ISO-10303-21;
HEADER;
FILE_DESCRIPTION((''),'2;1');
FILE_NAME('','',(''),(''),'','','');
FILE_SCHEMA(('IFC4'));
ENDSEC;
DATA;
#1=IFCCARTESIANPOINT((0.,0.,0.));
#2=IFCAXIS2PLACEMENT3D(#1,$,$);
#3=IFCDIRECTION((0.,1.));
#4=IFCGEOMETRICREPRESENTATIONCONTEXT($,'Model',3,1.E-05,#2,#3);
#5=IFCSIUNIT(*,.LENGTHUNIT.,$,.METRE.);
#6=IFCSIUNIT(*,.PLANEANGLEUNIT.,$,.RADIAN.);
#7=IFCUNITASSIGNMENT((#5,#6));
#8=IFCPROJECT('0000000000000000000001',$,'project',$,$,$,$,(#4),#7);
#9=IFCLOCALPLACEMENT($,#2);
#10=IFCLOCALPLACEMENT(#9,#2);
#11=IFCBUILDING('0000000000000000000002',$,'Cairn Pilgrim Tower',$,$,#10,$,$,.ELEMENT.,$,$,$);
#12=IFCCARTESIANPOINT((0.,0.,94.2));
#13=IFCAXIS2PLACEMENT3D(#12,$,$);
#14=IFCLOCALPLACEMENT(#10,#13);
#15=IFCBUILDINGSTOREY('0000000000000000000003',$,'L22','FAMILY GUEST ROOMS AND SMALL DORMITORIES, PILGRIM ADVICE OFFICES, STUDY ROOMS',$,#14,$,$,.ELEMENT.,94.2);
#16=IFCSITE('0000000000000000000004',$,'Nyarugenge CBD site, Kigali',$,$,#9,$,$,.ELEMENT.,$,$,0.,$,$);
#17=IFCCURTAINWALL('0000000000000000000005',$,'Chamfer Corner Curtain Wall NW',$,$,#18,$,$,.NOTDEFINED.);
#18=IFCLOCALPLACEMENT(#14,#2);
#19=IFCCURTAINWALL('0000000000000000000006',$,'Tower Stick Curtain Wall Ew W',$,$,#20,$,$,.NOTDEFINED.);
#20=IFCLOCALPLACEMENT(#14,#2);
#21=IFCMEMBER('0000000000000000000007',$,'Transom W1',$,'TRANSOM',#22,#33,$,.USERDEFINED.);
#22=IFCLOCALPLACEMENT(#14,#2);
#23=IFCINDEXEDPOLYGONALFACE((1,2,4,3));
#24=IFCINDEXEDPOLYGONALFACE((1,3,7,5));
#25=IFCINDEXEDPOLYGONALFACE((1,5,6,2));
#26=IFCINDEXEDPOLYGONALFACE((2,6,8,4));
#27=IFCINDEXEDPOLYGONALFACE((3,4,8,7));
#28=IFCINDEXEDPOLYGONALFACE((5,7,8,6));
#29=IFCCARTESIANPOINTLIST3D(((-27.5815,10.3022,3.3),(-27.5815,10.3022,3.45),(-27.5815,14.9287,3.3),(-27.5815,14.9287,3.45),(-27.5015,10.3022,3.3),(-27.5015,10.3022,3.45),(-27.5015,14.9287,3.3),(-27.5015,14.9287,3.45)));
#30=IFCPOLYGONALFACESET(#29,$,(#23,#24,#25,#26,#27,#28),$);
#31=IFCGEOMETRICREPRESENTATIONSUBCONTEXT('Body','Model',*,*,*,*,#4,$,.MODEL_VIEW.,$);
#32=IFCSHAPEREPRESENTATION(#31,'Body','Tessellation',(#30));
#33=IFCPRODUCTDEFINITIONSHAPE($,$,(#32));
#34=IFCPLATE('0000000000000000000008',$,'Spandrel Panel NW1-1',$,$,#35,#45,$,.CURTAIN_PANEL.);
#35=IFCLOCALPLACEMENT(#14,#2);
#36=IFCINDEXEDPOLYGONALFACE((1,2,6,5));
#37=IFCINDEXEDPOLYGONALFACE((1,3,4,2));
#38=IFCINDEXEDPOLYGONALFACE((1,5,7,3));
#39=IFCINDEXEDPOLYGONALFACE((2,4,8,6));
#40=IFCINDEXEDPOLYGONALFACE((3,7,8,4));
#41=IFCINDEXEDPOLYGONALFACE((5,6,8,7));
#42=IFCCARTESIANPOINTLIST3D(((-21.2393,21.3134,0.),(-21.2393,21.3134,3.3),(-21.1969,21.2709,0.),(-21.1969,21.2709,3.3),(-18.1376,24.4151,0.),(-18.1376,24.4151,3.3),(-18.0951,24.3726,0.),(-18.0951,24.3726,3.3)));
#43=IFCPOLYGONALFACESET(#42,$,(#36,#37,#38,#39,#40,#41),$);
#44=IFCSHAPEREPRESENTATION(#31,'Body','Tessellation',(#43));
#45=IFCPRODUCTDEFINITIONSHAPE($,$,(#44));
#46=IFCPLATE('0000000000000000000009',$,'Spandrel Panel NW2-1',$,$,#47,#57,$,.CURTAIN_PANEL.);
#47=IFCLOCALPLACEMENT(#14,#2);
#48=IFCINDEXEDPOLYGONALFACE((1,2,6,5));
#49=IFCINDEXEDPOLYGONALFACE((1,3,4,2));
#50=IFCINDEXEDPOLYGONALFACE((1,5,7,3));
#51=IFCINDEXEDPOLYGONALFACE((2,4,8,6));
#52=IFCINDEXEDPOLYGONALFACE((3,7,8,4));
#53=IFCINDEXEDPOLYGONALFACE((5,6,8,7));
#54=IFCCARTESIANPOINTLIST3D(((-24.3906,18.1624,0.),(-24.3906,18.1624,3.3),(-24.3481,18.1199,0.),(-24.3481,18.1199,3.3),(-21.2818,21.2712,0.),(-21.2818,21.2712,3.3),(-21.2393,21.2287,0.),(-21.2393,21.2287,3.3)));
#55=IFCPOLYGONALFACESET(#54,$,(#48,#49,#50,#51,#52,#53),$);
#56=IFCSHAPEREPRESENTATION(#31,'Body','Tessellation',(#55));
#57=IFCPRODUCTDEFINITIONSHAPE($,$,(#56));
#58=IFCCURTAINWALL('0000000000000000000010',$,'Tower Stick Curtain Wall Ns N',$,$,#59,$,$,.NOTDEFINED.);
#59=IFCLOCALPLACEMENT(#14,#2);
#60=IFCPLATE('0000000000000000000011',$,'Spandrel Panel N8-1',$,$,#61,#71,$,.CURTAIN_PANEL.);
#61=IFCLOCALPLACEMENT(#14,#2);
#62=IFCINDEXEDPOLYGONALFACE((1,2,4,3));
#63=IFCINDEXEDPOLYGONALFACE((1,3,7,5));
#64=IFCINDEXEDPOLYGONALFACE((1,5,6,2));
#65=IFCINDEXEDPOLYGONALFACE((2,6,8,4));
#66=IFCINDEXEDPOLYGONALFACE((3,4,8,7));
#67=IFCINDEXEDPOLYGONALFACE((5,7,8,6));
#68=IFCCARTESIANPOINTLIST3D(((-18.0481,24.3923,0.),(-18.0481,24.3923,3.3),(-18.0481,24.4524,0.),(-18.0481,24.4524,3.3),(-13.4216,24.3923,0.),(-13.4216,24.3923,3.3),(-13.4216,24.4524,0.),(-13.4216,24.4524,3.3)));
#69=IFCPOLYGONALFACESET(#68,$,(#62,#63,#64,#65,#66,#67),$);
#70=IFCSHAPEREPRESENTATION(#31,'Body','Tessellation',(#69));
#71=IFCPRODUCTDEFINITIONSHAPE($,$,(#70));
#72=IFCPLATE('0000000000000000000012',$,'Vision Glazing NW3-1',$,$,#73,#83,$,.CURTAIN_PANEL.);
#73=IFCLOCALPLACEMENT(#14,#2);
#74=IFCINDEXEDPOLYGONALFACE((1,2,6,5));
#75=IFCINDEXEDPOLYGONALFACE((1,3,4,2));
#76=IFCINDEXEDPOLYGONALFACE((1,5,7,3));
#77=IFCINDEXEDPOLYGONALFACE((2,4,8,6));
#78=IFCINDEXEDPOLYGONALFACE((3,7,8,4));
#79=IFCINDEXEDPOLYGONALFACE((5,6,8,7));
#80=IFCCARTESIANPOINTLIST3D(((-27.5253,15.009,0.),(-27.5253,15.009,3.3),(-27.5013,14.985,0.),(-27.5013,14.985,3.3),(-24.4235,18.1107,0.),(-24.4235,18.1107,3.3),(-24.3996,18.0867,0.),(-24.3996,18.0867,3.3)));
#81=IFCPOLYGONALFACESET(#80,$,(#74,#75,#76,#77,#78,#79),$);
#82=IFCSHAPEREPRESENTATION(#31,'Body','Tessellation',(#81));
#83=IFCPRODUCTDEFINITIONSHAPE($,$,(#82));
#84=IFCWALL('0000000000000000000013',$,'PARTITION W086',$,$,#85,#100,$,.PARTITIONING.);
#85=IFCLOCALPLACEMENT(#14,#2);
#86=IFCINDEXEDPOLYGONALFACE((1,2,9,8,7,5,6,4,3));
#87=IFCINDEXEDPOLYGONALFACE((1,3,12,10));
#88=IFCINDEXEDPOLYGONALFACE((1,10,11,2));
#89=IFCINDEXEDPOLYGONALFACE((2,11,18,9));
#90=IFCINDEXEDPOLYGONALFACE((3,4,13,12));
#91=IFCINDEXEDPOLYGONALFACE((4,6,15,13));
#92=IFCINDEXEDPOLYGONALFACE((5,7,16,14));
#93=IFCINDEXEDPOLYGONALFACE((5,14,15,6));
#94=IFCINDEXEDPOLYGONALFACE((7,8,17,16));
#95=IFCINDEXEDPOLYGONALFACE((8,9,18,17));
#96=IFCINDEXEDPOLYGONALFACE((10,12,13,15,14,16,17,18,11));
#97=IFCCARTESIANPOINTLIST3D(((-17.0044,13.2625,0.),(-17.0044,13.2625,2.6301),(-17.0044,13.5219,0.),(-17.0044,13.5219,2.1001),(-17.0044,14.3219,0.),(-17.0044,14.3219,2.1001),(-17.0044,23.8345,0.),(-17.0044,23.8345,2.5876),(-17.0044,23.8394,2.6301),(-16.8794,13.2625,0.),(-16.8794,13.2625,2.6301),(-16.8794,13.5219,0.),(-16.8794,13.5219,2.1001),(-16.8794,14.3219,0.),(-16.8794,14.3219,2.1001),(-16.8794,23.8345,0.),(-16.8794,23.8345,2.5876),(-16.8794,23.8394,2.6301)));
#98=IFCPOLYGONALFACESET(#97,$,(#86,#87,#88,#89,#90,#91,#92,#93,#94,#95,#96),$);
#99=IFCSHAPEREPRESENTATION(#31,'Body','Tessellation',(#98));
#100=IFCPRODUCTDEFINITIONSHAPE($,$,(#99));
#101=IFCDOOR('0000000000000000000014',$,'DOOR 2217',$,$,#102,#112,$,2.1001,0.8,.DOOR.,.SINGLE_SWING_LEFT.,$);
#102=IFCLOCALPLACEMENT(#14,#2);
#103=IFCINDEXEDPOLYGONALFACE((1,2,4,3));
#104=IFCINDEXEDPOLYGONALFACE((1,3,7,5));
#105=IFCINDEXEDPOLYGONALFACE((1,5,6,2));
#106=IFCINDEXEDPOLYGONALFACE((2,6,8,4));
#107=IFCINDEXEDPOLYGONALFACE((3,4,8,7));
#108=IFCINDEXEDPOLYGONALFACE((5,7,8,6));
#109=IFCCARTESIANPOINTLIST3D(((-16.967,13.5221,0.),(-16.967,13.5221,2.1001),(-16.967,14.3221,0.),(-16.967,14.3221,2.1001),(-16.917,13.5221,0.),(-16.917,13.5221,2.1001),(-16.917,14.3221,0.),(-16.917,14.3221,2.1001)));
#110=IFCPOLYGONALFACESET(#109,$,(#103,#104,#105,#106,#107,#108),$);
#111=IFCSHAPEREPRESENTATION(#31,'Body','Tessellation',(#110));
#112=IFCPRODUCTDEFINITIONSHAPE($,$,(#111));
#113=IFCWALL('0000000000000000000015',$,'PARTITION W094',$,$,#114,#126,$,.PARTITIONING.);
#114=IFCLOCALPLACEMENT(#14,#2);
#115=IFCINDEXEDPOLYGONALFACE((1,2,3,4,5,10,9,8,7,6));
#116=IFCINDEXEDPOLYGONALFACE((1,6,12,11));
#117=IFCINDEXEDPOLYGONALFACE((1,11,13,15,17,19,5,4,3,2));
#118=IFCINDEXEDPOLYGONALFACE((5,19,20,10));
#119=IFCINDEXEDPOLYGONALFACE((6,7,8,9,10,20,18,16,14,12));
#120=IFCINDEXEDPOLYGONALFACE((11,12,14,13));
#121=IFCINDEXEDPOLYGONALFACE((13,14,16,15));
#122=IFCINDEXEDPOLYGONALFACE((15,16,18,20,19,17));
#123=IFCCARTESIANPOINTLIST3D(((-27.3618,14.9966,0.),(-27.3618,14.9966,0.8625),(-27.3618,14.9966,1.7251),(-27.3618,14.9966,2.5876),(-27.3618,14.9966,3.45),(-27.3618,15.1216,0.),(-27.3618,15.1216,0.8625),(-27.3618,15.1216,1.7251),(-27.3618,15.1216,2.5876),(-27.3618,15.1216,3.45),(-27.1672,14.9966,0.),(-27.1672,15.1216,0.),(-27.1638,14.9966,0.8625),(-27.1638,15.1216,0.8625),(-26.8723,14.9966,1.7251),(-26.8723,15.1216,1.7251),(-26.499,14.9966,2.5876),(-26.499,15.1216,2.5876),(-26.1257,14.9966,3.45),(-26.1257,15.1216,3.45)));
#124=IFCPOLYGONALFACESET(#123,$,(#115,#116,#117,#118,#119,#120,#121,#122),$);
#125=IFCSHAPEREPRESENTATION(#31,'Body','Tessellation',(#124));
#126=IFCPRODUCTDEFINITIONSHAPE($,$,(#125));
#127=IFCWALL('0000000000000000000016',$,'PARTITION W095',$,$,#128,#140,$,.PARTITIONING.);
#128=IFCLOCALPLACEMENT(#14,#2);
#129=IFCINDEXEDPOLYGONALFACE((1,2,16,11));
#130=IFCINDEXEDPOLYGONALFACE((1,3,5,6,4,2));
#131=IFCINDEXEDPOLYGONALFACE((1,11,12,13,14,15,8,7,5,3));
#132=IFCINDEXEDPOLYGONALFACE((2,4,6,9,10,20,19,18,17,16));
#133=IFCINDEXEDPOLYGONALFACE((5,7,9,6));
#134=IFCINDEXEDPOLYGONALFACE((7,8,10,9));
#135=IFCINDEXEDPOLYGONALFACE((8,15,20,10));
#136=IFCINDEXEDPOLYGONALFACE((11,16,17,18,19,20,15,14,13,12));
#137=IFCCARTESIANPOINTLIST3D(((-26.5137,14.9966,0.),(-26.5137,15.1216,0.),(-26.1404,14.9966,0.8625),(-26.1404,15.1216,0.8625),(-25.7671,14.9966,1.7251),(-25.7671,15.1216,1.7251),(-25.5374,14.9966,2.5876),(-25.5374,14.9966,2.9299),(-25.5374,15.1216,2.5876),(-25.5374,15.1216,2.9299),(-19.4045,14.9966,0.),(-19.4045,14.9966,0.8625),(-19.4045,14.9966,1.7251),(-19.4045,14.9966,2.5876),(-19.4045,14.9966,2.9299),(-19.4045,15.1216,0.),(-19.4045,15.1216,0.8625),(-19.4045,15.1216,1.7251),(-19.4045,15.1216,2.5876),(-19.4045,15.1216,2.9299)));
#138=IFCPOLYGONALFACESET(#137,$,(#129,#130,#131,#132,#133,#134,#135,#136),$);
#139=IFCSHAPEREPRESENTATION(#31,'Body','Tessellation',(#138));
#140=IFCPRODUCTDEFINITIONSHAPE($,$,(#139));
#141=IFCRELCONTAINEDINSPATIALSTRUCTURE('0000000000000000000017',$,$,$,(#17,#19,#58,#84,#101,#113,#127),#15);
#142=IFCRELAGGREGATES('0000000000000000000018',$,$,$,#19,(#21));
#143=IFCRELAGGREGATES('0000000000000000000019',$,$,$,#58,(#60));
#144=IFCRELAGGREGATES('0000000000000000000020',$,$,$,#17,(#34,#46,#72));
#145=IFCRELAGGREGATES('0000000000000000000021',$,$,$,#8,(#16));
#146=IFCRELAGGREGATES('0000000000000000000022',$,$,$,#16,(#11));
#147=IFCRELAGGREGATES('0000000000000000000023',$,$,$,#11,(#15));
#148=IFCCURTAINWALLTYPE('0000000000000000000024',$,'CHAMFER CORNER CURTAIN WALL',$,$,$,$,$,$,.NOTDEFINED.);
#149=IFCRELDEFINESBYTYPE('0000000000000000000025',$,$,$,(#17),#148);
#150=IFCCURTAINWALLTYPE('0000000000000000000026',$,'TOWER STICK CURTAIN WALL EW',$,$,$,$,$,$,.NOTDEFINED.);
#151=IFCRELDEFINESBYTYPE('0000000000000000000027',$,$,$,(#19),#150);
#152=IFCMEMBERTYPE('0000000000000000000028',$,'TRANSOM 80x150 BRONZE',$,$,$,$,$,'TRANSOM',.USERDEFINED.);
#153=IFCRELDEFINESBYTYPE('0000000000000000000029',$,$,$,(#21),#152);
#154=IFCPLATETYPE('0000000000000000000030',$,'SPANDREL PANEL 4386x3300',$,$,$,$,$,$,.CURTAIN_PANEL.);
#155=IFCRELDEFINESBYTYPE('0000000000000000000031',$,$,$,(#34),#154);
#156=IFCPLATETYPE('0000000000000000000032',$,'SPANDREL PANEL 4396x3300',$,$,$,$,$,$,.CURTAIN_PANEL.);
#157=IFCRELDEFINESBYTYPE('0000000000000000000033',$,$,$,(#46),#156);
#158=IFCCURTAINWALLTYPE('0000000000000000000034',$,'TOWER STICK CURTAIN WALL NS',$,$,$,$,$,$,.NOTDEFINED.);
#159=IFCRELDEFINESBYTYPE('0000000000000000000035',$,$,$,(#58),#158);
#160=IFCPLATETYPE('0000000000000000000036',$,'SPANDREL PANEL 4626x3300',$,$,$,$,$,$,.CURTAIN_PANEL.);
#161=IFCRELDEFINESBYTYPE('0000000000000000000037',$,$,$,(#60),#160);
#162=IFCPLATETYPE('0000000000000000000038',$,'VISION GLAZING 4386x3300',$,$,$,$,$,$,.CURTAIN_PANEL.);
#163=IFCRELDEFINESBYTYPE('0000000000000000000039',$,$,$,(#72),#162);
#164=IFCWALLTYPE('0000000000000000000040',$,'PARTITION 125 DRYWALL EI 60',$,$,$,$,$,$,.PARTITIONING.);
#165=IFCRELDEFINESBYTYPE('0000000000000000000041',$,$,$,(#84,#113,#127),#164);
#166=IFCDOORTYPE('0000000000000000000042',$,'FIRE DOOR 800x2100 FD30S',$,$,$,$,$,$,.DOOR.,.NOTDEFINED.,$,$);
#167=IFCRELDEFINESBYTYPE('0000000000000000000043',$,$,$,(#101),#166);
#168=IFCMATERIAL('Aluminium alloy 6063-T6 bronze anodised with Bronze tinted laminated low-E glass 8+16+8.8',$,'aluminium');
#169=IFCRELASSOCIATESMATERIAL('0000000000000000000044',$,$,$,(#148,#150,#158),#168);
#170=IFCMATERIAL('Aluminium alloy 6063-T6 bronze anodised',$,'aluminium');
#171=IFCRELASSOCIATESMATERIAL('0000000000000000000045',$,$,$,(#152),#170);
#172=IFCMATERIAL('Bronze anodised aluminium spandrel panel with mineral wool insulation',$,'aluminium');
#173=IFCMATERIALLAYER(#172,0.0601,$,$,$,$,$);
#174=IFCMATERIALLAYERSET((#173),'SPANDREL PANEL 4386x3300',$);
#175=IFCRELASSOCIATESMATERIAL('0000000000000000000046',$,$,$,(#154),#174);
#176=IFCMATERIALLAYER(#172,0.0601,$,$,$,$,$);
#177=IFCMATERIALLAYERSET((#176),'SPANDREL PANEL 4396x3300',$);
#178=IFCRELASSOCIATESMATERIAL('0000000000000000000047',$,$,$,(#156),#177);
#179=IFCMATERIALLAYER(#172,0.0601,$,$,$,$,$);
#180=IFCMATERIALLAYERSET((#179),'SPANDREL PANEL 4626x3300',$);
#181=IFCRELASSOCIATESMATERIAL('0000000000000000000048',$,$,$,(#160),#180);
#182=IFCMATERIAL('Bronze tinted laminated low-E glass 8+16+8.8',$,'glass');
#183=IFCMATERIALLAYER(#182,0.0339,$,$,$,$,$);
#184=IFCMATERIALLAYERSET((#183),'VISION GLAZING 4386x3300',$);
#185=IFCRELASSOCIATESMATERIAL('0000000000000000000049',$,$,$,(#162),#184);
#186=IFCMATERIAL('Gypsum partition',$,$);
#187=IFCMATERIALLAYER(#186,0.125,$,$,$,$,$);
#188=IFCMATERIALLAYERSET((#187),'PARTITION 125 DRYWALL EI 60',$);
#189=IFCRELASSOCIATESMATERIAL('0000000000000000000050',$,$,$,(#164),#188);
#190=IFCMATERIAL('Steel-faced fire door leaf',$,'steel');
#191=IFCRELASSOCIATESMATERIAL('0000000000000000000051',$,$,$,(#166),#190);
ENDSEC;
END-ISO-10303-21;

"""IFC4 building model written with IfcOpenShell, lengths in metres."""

from ifc_helpers import new_model, si_unit, direction, frame, frame_2d, origin, origin_2d, place, context, subcontext, project, spatial, polyline, rectangle, outline, extrude, material, layer, layer_set, material_profile, profile_set, type_object, element, fill, aggregate, save


model = new_model("IFC4")

# Units and contexts
model_context = context("Model", 3, precision=1e-05, world=origin(), true_north=direction((0.0, 1.0)))
body_context = subcontext(model_context, "Body", "Model", "MODEL_VIEW")
ifc_project = project(units=[si_unit("LENGTHUNIT", "METRE"), si_unit("PLANEANGLEUNIT", "RADIAN")], contexts=[model_context])

# Site, building, storey
site_placement = place(None, origin())
site = spatial("IfcSite", under=ifc_project, at=site_placement, Name="Nyarugenge CBD site, Kigali", CompositionType="ELEMENT", RefElevation=0.0)
building_placement = place(site_placement, origin())
building = spatial("IfcBuilding", under=site, at=building_placement, Name="Cairn Pilgrim Tower", CompositionType="ELEMENT")
storey_placement = place(building_placement, frame((0.0, 0.0, 94.2)))
storey = spatial("IfcBuildingStorey", under=building, at=storey_placement, Name="L22", Description="FAMILY GUEST ROOMS AND SMALL DORMITORIES, PILGRIM ADVICE OFFICES, STUDY ROOMS", CompositionType="ELEMENT", Elevation=94.2)

# Curtain wall
ifc_material_1 = material(Name="Aluminium alloy 6063-T6 bronze anodised with Bronze tinted laminated low-E glass 8+16+8.8", Category="aluminium")
curtain_wall_type_1 = type_object("IfcCurtainWallType", Name="CHAMFER CORNER CURTAIN WALL", PredefinedType="NOTDEFINED", material=ifc_material_1)
curtain_wall_1_placement = place(storey_placement, origin())
curtain_wall_1 = element("IfcCurtainWall", 1, at=curtain_wall_1_placement, inside=storey, type_object=curtain_wall_type_1, Name="Chamfer Corner Curtain Wall NW", PredefinedType="NOTDEFINED")
ifc_material_2 = material(Name="Aluminium alloy 6063-T6 bronze anodised", Category="aluminium")

# Curtain wall
curtain_wall_type_2 = type_object("IfcCurtainWallType", Name="TOWER STICK CURTAIN WALL EW", PredefinedType="NOTDEFINED", material=ifc_material_1)
curtain_wall_2_placement = place(storey_placement, origin())
curtain_wall_2 = element("IfcCurtainWall", 2, at=curtain_wall_2_placement, inside=storey, type_object=curtain_wall_type_2, Name="Tower Stick Curtain Wall Ew W", PredefinedType="NOTDEFINED")

# Member
ifc_material_profile_1 = material_profile(ifc_material_2, rectangle(XDim=0.0801, YDim=0.1499, at=origin_2d()), Name="TRANSOM 80x150 BRONZE")
ifc_profile_set_1 = profile_set([ifc_material_profile_1], Name="Aluminium alloy 6063-T6 bronze anodised")
member_type_1 = type_object("IfcMemberType", Name="TRANSOM 80x150 BRONZE", ElementType="TRANSOM", PredefinedType="USERDEFINED", material=ifc_profile_set_1)
member_1_placement = place(storey_placement, frame((-27.5415, 14.9287, 3.375), z_axis=(0.0, -1.0, 0.0), x_axis=(1.0, 0.0, 0.0)))
member_1 = element("IfcMember", 3, at=member_1_placement, type_object=member_type_1, Name="Transom W1", ObjectType="TRANSOM", PredefinedType="USERDEFINED", context=body_context, shape_type="SweptSolid", body=[
    extrude(rectangle(XDim=0.0801, YDim=0.1499, at=origin_2d()), origin(), (0.0, 0.0, 1.0), 4.6265),
])
aggregate(curtain_wall_2, [member_1])

# Plates
ifc_material_3 = material(Name="Bronze anodised aluminium spandrel panel with mineral wool insulation", Category="aluminium")
ifc_layer_1 = layer(ifc_material_3, 0.0601)
ifc_layer_set_1 = layer_set([ifc_layer_1], Name="SPANDREL PANEL 4386x3300")
plate_type_1 = type_object("IfcPlateType", Name="SPANDREL PANEL 4386x3300", PredefinedType="CURTAIN_PANEL", material=ifc_layer_set_1)
plate_1_placement = place(storey_placement, frame((-19.6672, 22.843, 0.0), z_axis=(0.0, 0.0, 1.0), x_axis=(-0.707107, -0.707107, 0.0)))
plate_1 = element("IfcPlate", 4, at=plate_1_placement, type_object=plate_type_1, Name="Spandrel Panel NW1-1", PredefinedType="CURTAIN_PANEL", context=body_context, shape_type="SweptSolid", body=[
    extrude(rectangle(XDim=4.3865, YDim=0.0601, at=origin_2d()), origin(), (0.0, 0.0, 1.0), 3.3),
])
ifc_layer_2 = layer(ifc_material_3, 0.0601)
ifc_layer_set_2 = layer_set([ifc_layer_2], Name="SPANDREL PANEL 4396x3300")
plate_type_2 = type_object("IfcPlateType", Name="SPANDREL PANEL 4396x3300", PredefinedType="CURTAIN_PANEL", material=ifc_layer_set_2)
plate_2_placement = place(storey_placement, frame((-22.8149, 19.6956, 0.0), z_axis=(0.0, 0.0, 1.0), x_axis=(-0.707107, -0.707107, 0.0)))
plate_2 = element("IfcPlate", 5, at=plate_2_placement, type_object=plate_type_2, Name="Spandrel Panel NW2-1", PredefinedType="CURTAIN_PANEL", context=body_context, shape_type="SweptSolid", body=[
    extrude(rectangle(XDim=4.3965, YDim=0.0601, at=origin_2d()), origin(), (0.0, 0.0, 1.0), 3.3),
])

# Curtain wall, plate
curtain_wall_type_3 = type_object("IfcCurtainWallType", Name="TOWER STICK CURTAIN WALL NS", PredefinedType="NOTDEFINED", material=ifc_material_1)
curtain_wall_3_placement = place(storey_placement, origin())
curtain_wall_3 = element("IfcCurtainWall", 6, at=curtain_wall_3_placement, inside=storey, type_object=curtain_wall_type_3, Name="Tower Stick Curtain Wall Ns N", PredefinedType="NOTDEFINED")
ifc_layer_3 = layer(ifc_material_3, 0.0601)
ifc_layer_set_3 = layer_set([ifc_layer_3], Name="SPANDREL PANEL 4626x3300")
plate_type_3 = type_object("IfcPlateType", Name="SPANDREL PANEL 4626x3300", PredefinedType="CURTAIN_PANEL", material=ifc_layer_set_3)
plate_3_placement = place(storey_placement, frame((-15.7349, 24.4224, 0.0), z_axis=(0.0, 0.0, 1.0), x_axis=(-1.0, 0.0, 0.0)))
plate_3 = element("IfcPlate", 7, at=plate_3_placement, type_object=plate_type_3, Name="Spandrel Panel N8-1", PredefinedType="CURTAIN_PANEL", context=body_context, shape_type="SweptSolid", body=[
    extrude(rectangle(XDim=4.6265, YDim=0.0601, at=origin_2d()), origin(), (0.0, 0.0, 1.0), 3.3),
])
aggregate(curtain_wall_3, [plate_3])

# Plate
ifc_material_4 = material(Name="Bronze tinted laminated low-E glass 8+16+8.8", Category="glass")
ifc_layer_4 = layer(ifc_material_4, 0.0339)
ifc_layer_set_4 = layer_set([ifc_layer_4], Name="VISION GLAZING 4386x3300")
plate_type_4 = type_object("IfcPlateType", Name="VISION GLAZING 4386x3300", PredefinedType="CURTAIN_PANEL", material=ifc_layer_set_4)
plate_4_placement = place(storey_placement, frame((-25.9624, 16.5479, 0.0), z_axis=(0.0, 0.0, 1.0), x_axis=(-0.707107, -0.707107, 0.0)))
plate_4 = element("IfcPlate", 8, at=plate_4_placement, type_object=plate_type_4, Name="Vision Glazing NW3-1", PredefinedType="CURTAIN_PANEL", context=body_context, shape_type="SweptSolid", body=[
    extrude(rectangle(XDim=4.3865, YDim=0.0339, at=origin_2d()), origin(), (0.0, 0.0, 1.0), 3.3),
])
aggregate(curtain_wall_1, [plate_1, plate_2, plate_4])

# Wall, opening, door
ifc_material_5 = material(Name="Gypsum partition")
ifc_layer_5 = layer(ifc_material_5, 0.125)
ifc_layer_set_5 = layer_set([ifc_layer_5], Name="PARTITION 125 DRYWALL EI 60")
wall_type = type_object("IfcWallType", Name="PARTITION 125 DRYWALL EI 60", PredefinedType="PARTITIONING", material=ifc_layer_set_5)
wall_1_placement = place(storey_placement, frame((-16.9419, 13.2625, 0.0), z_axis=(0.0, 0.0, 1.0), x_axis=(0.0, 1.0, 0.0)))
wall_1 = element("IfcWall", 9, at=wall_1_placement, inside=storey, type_object=wall_type, Name="PARTITION W086", PredefinedType="PARTITIONING", context=body_context, shape_type="SweptSolid", body=[
    extrude(outline(polyline([(0.0, 0.0), (10.572, 0.0), (10.572, 0.8625), (10.572, 1.7251), (10.572, 2.5876), (10.5769, 2.6301), (0.0, 2.6301), (0.0, 2.5876), (0.0, 1.7251), (0.0, 0.8625), (0.0, 0.0)])), frame((0.0, 0.0625, 0.0), z_axis=(0.0, -1.0, 0.0), x_axis=(1.0, 0.0, 0.0)), (0.0, 0.0, 1.0), 0.125),
])
opening_placement = place(wall_1_placement, frame((0.2595, 0.0, 0.0)))
opening = element("IfcOpeningElement", 10, at=opening_placement, cuts=wall_1, PredefinedType="OPENING", context=body_context, shape_type="SweptSolid", body=[
    extrude(rectangle(XDim=0.8, YDim=2.1001, at=frame_2d((0.3999, 1.05))), frame((0.0, 0.0725, 0.0), z_axis=(0.0, -1.0, 0.0), x_axis=(1.0, 0.0, 0.0)), (0.0, 0.0, 1.0), 0.145),
])
ifc_material_6 = material(Name="Steel-faced fire door leaf", Category="steel")
door_type = type_object("IfcDoorType", Name="FIRE DOOR 800x2100 FD30S", OperationType="NOTDEFINED", PredefinedType="DOOR", material=ifc_material_6)
door_placement = place(opening_placement, frame((0.8, 0.0, 0.0), z_axis=(0.0, 0.0, 1.0), x_axis=(-1.0, 0.0, 0.0)))
door = element("IfcDoor", 11, at=door_placement, inside=storey, type_object=door_type, Name="DOOR 2217", OperationType="SINGLE_SWING_LEFT", OverallHeight=2.1001, OverallWidth=0.8, PredefinedType="DOOR", context=body_context, shape_type="SweptSolid", body=[
    extrude(rectangle(XDim=0.8, YDim=2.1001, at=frame_2d((0.3999, 1.05))), frame((0.0, 0.0249, 0.0), z_axis=(0.0, -1.0, 0.0), x_axis=(1.0, 0.0, 0.0)), (0.0, 0.0, 1.0), 0.05),
])
fill(opening, door)

# Walls
wall_2_placement = place(storey_placement, frame((-27.3618, 15.0591, 0.0), z_axis=(0.0, 0.0, 1.0), x_axis=(1.0, 0.0, 0.0)))
element("IfcWall", 12, at=wall_2_placement, inside=storey, type_object=wall_type, Name="PARTITION W094", PredefinedType="PARTITIONING", context=body_context, shape_type="SweptSolid", body=[
    extrude(outline(polyline([(0.0, 0.0), (0.1946, 0.0), (0.198, 0.8625), (0.4895, 1.7251), (0.8628, 2.5876), (1.2361, 3.45), (0.0, 3.45), (0.0, 2.5876), (0.0, 1.7251), (0.0, 0.8625), (0.0, 0.0)])), frame((0.0, 0.0625, 0.0), z_axis=(0.0, -1.0, 0.0), x_axis=(1.0, 0.0, 0.0)), (0.0, 0.0, 1.0), 0.125),
])
wall_3_placement = place(storey_placement, frame((-26.5137, 15.0591, 0.0), z_axis=(0.0, 0.0, 1.0), x_axis=(1.0, 0.0, 0.0)))
element("IfcWall", 13, at=wall_3_placement, inside=storey, type_object=wall_type, Name="PARTITION W095", PredefinedType="PARTITIONING", context=body_context, shape_type="SweptSolid", body=[
    extrude(outline(polyline([(0.0, 0.0), (7.1091, 0.0), (7.1091, 0.8625), (7.1091, 1.7251), (7.1091, 2.5876), (7.1091, 2.9299), (0.9763, 2.9299), (0.9763, 2.5876), (0.7466, 1.7251), (0.3733, 0.8625), (0.0, 0.0)])), frame((0.0, 0.0625, 0.0), z_axis=(0.0, -1.0, 0.0), x_axis=(1.0, 0.0, 0.0)), (0.0, 0.0, 1.0), 0.125),
])

save(model, "model.ifc")
